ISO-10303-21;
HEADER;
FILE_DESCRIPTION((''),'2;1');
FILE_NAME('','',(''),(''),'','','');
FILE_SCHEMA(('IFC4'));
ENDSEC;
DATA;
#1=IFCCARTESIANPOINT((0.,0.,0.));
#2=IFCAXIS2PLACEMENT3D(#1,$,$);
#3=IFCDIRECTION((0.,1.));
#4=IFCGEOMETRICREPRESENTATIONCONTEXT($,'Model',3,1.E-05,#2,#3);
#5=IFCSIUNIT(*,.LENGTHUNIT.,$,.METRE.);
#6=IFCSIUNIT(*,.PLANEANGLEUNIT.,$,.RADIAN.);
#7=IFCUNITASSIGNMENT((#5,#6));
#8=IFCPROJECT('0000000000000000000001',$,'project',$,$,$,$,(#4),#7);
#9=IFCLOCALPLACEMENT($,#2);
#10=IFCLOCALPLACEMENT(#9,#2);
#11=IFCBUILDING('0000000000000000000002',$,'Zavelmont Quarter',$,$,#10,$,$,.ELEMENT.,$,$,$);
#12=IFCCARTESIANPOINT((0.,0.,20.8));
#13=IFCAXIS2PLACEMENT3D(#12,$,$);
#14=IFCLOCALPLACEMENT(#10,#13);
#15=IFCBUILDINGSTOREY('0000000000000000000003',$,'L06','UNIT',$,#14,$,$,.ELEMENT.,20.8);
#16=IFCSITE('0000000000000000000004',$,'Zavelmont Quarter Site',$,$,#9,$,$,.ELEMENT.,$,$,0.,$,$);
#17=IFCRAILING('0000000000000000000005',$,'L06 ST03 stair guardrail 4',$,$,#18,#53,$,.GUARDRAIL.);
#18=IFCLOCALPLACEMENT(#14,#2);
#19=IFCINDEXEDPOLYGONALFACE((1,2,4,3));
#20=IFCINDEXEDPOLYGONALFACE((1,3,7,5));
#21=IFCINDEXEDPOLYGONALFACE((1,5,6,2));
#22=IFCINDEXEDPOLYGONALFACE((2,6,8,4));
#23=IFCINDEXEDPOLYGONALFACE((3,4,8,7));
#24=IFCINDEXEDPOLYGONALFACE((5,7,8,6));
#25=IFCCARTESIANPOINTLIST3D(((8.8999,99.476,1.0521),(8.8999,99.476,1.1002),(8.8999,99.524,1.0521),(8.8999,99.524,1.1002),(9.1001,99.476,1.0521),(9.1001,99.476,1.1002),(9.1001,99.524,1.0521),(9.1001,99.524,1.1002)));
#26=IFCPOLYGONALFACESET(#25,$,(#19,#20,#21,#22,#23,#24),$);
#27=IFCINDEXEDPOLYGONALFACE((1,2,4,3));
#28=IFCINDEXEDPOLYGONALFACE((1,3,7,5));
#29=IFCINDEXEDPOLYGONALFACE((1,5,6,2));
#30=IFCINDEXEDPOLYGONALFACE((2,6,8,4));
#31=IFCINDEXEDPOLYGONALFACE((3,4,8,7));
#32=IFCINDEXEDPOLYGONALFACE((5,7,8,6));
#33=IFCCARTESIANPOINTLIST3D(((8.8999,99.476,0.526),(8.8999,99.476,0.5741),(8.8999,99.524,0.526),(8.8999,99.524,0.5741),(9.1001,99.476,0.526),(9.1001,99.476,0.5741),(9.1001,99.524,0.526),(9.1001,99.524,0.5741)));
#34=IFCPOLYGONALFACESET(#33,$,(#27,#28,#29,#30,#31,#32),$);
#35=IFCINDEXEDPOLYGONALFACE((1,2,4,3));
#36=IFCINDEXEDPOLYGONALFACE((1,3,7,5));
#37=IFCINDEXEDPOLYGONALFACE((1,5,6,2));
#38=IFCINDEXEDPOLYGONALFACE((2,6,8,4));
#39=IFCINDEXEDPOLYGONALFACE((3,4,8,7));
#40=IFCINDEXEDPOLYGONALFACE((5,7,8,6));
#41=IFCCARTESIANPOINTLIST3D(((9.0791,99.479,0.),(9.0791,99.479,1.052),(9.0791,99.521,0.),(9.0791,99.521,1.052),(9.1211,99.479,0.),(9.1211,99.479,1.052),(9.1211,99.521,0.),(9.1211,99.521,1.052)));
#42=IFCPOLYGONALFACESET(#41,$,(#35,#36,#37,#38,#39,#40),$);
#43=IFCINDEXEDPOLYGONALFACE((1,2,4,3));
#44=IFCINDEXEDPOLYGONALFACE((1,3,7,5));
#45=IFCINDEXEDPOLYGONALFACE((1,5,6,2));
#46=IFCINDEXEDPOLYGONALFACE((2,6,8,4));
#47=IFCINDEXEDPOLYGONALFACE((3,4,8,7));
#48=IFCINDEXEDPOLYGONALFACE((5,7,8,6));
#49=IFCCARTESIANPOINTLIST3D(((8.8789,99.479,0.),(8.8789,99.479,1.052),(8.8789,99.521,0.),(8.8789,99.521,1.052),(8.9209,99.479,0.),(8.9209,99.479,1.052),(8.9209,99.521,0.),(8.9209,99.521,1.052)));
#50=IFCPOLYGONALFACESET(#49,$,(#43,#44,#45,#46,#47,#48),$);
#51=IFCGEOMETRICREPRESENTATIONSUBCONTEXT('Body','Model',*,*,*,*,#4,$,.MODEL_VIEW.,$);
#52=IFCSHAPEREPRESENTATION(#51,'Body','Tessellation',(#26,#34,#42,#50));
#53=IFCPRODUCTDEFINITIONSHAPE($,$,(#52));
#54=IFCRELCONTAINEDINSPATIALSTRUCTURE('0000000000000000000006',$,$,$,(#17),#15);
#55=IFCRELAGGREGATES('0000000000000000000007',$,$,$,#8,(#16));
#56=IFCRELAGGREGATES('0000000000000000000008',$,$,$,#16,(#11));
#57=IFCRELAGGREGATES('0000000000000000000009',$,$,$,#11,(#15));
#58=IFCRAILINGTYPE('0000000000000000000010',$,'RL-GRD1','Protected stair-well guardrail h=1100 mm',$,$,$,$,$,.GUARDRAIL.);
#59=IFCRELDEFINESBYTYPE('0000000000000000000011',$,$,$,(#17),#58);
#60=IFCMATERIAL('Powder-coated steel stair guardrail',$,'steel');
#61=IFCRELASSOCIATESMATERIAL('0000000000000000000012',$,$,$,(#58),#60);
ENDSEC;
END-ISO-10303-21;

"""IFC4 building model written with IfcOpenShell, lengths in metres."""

from ifc_helpers import new_model, si_unit, direction, frame, origin, origin_2d, place, context, subcontext, project, spatial, rectangle, extrude, material, type_object, element, save


model = new_model("IFC4")

# Units and contexts
model_context = context("Model", 3, precision=1e-05, world=origin(), true_north=direction((0.0, 1.0)))
body_context = subcontext(model_context, "Body", "Model", "MODEL_VIEW")
ifc_project = project(units=[si_unit("LENGTHUNIT", "METRE"), si_unit("PLANEANGLEUNIT", "RADIAN")], contexts=[model_context])

# Site, building, storey
site_placement = place(None, origin())
site = spatial("IfcSite", under=ifc_project, at=site_placement, Name="Zavelmont Quarter Site", CompositionType="ELEMENT", RefElevation=0.0)
building_placement = place(site_placement, origin())
building = spatial("IfcBuilding", under=site, at=building_placement, Name="Zavelmont Quarter", CompositionType="ELEMENT")
storey_placement = place(building_placement, frame((0.0, 0.0, 20.8)))
storey = spatial("IfcBuildingStorey", under=building, at=storey_placement, Name="L06", Description="UNIT", CompositionType="ELEMENT", Elevation=20.8)

# Railing
ifc_material_1 = material(Name="Powder-coated steel stair guardrail", Category="steel")
railing_type = type_object("IfcRailingType", Name="RL-GRD1", Description="Protected stair-well guardrail h=1100 mm", PredefinedType="GUARDRAIL", material=ifc_material_1)
railing_placement = place(storey_placement, frame((9.1001, 99.5, 0.0)))
element("IfcRailing", 1, at=railing_placement, inside=storey, type_object=railing_type, Name="L06 ST03 stair guardrail 4", PredefinedType="GUARDRAIL", context=body_context, shape_type="SweptSolid", body=[
    extrude(rectangle(XDim=0.0481, YDim=0.0481, at=origin_2d()), frame((0.0, 0.0, 1.0762), z_axis=(-1.0, 0.0, 0.0), x_axis=(0.0, -1.0, 0.0)), (0.0, 0.0, 1.0), 0.2002),
    extrude(rectangle(XDim=0.0481, YDim=0.0481, at=origin_2d()), frame((0.0, 0.0, 0.55), z_axis=(-1.0, 0.0, 0.0), x_axis=(0.0, -1.0, 0.0)), (0.0, 0.0, 1.0), 0.2002),
    extrude(rectangle(XDim=0.042, YDim=0.042, at=origin_2d()), origin(), (0.0, 0.0, 1.0), 1.052),
    extrude(rectangle(XDim=0.042, YDim=0.042, at=origin_2d()), frame((-0.2002, 0.0, 0.0)), (0.0, 0.0, 1.0), 1.052),
])

save(model, "model.ifc")
